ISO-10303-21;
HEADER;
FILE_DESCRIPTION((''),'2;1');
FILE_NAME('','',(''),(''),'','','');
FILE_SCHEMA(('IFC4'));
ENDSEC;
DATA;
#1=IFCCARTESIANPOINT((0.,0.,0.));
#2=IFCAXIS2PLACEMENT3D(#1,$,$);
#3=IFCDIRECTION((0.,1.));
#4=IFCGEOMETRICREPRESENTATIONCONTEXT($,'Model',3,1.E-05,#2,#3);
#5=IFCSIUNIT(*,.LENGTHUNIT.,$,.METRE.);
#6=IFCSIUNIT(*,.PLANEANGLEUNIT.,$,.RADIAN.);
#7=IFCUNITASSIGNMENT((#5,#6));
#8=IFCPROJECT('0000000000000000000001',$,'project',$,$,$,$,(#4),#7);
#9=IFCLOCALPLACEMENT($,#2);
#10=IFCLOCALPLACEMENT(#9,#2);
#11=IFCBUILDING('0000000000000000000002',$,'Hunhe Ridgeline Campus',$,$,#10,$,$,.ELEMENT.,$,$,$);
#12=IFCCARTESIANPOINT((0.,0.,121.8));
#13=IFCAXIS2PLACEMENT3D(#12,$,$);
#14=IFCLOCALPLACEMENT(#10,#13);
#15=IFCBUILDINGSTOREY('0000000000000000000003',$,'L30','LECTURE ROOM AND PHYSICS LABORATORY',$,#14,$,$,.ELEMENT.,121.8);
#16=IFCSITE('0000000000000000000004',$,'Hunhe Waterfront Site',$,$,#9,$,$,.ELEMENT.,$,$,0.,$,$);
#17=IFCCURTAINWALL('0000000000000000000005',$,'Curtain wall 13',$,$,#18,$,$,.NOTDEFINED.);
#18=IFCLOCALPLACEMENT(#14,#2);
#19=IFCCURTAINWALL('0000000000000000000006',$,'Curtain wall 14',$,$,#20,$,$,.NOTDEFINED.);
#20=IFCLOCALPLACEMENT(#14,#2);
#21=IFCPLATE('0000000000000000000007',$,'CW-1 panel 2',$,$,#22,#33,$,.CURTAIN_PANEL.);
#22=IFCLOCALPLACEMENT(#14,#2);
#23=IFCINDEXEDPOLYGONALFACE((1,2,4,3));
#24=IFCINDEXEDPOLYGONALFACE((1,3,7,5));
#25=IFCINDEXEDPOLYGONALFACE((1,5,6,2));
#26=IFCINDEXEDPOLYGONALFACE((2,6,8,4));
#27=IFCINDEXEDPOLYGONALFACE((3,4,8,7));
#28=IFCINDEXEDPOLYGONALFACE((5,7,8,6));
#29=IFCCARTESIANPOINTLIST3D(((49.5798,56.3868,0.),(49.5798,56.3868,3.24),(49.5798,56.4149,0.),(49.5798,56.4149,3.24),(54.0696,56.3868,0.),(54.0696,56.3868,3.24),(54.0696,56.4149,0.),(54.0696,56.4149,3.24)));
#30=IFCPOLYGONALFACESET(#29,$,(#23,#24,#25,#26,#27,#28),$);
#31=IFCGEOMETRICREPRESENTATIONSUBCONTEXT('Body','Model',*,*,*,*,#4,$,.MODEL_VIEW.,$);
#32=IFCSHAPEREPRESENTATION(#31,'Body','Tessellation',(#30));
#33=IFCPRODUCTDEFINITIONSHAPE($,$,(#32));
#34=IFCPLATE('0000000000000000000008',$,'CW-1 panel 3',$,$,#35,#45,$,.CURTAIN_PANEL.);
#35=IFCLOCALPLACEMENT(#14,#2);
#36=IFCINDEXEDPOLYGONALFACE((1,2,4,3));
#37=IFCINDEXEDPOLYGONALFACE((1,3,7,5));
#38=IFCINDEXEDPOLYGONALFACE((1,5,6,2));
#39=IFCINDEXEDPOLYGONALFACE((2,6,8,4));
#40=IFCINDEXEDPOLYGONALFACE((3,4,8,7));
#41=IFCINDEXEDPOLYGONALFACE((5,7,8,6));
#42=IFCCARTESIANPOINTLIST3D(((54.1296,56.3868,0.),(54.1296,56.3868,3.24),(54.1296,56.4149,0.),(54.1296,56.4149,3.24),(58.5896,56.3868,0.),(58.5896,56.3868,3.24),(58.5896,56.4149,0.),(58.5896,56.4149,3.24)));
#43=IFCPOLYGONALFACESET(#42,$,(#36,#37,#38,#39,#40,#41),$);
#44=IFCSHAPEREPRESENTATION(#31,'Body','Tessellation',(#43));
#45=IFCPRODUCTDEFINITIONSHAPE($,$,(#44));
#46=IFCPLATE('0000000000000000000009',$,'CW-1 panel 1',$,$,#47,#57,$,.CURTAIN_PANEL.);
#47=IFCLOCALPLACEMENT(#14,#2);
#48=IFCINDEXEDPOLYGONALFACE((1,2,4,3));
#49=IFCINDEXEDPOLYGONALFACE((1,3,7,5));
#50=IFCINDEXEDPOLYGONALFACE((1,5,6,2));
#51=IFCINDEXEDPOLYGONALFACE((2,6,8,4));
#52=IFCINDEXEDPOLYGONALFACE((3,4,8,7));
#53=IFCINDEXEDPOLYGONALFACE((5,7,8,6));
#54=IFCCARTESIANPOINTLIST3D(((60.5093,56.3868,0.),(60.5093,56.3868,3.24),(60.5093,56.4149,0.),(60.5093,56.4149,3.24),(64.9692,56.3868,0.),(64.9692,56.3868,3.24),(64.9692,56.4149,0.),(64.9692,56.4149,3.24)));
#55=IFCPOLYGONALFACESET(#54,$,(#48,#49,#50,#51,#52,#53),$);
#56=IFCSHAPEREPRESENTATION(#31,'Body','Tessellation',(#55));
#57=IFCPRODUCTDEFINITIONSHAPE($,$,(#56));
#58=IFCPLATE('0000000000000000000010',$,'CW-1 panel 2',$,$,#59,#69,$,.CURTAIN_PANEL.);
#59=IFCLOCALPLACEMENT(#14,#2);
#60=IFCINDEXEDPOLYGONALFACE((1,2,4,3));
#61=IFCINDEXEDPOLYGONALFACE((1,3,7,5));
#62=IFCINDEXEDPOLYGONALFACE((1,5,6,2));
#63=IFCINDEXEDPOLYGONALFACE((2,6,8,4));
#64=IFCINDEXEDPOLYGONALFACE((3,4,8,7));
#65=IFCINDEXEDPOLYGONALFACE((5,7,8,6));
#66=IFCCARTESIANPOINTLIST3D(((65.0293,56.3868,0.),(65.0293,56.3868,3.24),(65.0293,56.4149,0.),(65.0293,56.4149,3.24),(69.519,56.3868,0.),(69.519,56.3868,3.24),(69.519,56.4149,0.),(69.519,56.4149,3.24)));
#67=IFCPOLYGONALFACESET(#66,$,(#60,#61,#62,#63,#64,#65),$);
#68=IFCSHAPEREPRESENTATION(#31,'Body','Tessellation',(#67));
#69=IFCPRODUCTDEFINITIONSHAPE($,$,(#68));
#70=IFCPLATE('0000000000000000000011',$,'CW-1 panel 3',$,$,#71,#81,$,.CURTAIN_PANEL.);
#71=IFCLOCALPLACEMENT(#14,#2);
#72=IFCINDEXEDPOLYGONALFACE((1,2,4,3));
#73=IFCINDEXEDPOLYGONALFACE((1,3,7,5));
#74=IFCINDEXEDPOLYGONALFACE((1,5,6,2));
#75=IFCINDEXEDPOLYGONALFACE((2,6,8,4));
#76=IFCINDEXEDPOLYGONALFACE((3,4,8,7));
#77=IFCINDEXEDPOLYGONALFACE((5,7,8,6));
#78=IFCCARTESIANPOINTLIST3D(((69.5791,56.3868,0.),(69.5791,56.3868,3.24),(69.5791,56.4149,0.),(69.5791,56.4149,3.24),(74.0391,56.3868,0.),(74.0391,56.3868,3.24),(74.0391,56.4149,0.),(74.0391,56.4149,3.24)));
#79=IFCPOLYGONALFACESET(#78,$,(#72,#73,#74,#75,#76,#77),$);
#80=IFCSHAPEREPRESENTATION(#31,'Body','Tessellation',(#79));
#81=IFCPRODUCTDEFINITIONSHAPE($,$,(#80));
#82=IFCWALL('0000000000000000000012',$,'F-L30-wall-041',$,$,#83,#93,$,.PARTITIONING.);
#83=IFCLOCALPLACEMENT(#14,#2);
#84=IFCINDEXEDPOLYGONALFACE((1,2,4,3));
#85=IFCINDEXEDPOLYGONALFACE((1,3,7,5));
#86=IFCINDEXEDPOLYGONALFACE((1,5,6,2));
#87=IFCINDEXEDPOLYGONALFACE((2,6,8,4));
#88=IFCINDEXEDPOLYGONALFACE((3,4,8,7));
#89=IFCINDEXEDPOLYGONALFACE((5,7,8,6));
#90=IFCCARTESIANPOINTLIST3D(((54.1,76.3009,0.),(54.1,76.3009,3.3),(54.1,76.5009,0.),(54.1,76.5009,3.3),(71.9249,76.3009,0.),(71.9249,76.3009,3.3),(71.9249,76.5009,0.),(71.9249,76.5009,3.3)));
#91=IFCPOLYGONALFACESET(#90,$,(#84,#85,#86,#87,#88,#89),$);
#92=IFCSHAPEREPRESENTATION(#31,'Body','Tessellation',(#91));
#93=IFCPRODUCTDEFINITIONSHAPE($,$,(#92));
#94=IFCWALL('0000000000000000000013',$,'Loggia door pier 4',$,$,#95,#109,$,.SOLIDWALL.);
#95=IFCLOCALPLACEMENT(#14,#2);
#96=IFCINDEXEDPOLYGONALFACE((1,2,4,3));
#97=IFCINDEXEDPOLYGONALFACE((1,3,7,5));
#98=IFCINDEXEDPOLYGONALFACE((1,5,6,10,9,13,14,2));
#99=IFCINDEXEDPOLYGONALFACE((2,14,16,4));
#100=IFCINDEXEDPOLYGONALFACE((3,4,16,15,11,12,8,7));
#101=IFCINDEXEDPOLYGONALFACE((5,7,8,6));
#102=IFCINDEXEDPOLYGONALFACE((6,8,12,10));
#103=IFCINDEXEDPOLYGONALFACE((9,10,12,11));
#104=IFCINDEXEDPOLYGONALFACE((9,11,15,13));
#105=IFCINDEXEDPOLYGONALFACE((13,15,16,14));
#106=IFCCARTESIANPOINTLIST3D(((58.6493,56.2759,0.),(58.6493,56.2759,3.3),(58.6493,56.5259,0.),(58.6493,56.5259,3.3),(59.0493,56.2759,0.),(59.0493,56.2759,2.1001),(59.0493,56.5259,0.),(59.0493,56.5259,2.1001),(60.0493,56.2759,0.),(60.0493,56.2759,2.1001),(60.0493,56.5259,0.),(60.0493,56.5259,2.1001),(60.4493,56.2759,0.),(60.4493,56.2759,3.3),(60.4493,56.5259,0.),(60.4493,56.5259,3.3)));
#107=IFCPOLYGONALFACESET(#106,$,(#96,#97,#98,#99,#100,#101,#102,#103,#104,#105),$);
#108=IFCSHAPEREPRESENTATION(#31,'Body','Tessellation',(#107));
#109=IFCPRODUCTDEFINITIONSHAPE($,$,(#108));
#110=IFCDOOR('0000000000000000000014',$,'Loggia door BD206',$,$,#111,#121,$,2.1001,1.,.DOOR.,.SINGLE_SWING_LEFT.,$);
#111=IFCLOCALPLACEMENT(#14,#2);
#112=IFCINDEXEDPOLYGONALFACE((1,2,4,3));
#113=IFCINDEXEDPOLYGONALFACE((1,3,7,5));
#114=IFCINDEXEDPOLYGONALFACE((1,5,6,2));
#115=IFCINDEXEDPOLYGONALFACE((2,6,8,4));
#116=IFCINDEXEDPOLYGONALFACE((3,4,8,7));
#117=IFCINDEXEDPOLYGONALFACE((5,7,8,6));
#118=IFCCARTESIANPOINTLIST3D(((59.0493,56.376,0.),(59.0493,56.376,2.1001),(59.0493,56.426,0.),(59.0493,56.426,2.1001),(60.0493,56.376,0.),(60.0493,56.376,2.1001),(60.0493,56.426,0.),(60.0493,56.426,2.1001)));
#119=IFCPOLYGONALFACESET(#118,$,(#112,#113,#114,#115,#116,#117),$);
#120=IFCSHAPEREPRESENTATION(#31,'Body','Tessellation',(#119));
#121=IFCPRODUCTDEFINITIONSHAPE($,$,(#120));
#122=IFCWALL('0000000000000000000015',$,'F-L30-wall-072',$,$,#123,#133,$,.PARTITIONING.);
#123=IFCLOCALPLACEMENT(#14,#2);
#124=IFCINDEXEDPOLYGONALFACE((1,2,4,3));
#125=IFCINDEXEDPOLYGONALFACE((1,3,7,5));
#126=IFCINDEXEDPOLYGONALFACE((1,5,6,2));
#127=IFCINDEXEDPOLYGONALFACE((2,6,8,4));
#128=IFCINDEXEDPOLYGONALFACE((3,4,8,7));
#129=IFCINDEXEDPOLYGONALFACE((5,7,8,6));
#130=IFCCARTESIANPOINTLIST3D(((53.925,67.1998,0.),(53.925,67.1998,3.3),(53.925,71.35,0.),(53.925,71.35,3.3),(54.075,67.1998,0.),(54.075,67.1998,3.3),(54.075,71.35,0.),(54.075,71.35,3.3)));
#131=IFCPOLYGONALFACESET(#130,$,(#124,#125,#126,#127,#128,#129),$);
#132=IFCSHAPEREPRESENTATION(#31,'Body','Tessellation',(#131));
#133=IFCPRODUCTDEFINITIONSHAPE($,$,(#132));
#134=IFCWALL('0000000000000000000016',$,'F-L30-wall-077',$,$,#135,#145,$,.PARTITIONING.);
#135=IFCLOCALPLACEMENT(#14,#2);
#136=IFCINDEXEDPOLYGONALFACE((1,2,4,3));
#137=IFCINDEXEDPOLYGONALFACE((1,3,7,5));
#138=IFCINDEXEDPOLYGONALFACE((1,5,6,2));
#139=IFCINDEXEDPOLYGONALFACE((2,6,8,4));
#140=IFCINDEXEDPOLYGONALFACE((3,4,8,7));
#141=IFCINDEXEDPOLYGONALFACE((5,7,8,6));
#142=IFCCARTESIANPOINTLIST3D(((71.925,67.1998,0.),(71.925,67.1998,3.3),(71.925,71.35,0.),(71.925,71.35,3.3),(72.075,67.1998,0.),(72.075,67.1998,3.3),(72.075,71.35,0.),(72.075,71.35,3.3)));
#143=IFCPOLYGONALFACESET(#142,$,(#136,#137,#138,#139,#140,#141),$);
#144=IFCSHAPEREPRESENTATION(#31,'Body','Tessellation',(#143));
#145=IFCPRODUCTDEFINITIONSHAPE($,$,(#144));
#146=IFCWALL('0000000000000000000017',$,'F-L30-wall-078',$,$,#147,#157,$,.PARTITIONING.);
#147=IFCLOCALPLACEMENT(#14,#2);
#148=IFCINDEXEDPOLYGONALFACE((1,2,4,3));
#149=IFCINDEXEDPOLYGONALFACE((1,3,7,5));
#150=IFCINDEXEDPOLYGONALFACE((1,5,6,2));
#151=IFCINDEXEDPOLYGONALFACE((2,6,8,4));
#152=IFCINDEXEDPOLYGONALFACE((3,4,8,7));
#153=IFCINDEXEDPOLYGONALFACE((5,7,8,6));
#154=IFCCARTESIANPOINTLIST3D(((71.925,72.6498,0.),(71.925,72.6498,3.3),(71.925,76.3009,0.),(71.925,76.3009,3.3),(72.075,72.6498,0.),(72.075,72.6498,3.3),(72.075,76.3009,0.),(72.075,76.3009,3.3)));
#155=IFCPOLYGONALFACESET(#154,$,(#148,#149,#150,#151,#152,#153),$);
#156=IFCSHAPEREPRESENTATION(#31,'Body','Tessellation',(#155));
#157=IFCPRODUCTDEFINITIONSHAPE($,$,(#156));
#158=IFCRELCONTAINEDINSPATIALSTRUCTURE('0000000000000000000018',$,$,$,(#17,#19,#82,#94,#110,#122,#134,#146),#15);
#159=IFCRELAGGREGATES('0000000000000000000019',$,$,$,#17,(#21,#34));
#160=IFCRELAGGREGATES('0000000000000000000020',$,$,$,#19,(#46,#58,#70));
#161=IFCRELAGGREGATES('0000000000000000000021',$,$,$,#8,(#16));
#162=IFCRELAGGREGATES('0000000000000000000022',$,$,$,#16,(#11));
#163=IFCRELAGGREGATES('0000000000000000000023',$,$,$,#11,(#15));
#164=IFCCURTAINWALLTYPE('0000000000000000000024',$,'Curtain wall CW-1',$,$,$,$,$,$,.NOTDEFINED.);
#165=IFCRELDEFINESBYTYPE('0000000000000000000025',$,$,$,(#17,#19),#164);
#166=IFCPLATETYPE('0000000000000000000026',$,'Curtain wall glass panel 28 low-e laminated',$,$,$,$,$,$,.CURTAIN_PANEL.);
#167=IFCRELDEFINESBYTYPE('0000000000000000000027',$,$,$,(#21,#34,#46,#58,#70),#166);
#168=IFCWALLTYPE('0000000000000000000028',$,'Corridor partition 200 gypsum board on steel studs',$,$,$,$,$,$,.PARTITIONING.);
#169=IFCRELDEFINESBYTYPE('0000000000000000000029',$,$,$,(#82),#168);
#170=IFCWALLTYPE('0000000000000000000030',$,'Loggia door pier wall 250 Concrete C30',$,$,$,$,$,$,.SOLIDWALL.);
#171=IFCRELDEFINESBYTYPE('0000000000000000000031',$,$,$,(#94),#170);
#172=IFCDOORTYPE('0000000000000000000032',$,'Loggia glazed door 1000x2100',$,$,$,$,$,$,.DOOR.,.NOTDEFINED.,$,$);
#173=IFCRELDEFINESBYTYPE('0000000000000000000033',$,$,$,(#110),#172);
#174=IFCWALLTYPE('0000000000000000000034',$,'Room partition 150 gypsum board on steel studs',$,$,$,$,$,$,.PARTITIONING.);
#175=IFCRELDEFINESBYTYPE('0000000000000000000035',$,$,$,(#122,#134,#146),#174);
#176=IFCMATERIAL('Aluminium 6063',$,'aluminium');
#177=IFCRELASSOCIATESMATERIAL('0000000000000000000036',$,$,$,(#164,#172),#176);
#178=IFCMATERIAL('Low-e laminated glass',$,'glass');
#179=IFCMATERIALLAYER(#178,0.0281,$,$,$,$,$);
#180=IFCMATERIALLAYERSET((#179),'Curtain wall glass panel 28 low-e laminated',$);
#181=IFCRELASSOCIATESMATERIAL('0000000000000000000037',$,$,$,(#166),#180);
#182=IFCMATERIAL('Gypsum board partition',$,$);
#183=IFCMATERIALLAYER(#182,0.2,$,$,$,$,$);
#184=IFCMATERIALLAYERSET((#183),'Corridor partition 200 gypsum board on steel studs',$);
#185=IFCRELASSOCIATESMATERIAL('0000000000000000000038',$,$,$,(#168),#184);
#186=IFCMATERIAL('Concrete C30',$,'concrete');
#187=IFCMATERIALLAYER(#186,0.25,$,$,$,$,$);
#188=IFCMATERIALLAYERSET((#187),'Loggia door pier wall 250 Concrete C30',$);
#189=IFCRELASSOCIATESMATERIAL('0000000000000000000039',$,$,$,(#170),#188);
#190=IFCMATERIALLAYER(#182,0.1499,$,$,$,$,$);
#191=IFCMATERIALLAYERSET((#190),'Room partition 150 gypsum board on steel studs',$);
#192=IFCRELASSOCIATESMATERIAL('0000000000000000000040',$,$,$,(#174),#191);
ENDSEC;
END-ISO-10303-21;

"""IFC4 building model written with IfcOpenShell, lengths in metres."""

from ifc_helpers import new_model, si_unit, direction, frame, frame_2d, origin, origin_2d, place, context, subcontext, project, spatial, rectangle, extrude, material, layer, layer_set, type_object, element, fill, aggregate, save


model = new_model("IFC4")

# Units and contexts
model_context = context("Model", 3, precision=1e-05, world=origin(), true_north=direction((0.0, 1.0)))
body_context = subcontext(model_context, "Body", "Model", "MODEL_VIEW")
ifc_project = project(units=[si_unit("LENGTHUNIT", "METRE"), si_unit("PLANEANGLEUNIT", "RADIAN")], contexts=[model_context])

# Site, building, storey
site_placement = place(None, origin())
site = spatial("IfcSite", under=ifc_project, at=site_placement, Name="Hunhe Waterfront Site", CompositionType="ELEMENT", RefElevation=0.0)
building_placement = place(site_placement, origin())
building = spatial("IfcBuilding", under=site, at=building_placement, Name="Hunhe Ridgeline Campus", CompositionType="ELEMENT")
storey_placement = place(building_placement, frame((0.0, 0.0, 121.8)))
storey = spatial("IfcBuildingStorey", under=building, at=storey_placement, Name="L30", Description="LECTURE ROOM AND PHYSICS LABORATORY", CompositionType="ELEMENT", Elevation=121.8)

# Curtain walls
ifc_material_1 = material(Name="Aluminium 6063", Category="aluminium")
curtain_wall_type = type_object("IfcCurtainWallType", Name="Curtain wall CW-1", PredefinedType="NOTDEFINED", material=ifc_material_1)
curtain_wall_1_placement = place(storey_placement, origin())
curtain_wall_1 = element("IfcCurtainWall", 1, at=curtain_wall_1_placement, inside=storey, type_object=curtain_wall_type, Name="Curtain wall 13", PredefinedType="NOTDEFINED")
curtain_wall_2_placement = place(storey_placement, origin())
curtain_wall_2 = element("IfcCurtainWall", 2, at=curtain_wall_2_placement, inside=storey, type_object=curtain_wall_type, Name="Curtain wall 14", PredefinedType="NOTDEFINED")

# Plates
ifc_material_2 = material(Name="Low-e laminated glass", Category="glass")
ifc_layer_1 = layer(ifc_material_2, 0.0281)
ifc_layer_set_1 = layer_set([ifc_layer_1], Name="Curtain wall glass panel 28 low-e laminated")
plate_type = type_object("IfcPlateType", Name="Curtain wall glass panel 28 low-e laminated", PredefinedType="CURTAIN_PANEL", material=ifc_layer_set_1)
plate_1_placement = place(storey_placement, frame((51.8247, 56.4009, 0.0), z_axis=(0.0, 0.0, 1.0), x_axis=(1.0, 0.0, 0.0)))
plate_1 = element("IfcPlate", 3, at=plate_1_placement, type_object=plate_type, Name="CW-1 panel 2", PredefinedType="CURTAIN_PANEL", context=body_context, shape_type="SweptSolid", body=[
    extrude(rectangle(XDim=4.4897, YDim=0.0281, at=origin_2d()), origin(), (0.0, 0.0, 1.0), 3.24),
])
plate_2_placement = place(storey_placement, frame((56.3596, 56.4009, 0.0), z_axis=(0.0, 0.0, 1.0), x_axis=(1.0, 0.0, 0.0)))
plate_2 = element("IfcPlate", 4, at=plate_2_placement, type_object=plate_type, Name="CW-1 panel 3", PredefinedType="CURTAIN_PANEL", context=body_context, shape_type="SweptSolid", body=[
    extrude(rectangle(XDim=4.46, YDim=0.0281, at=origin_2d()), origin(), (0.0, 0.0, 1.0), 3.24),
])
aggregate(curtain_wall_1, [plate_1, plate_2])
plate_3_placement = place(storey_placement, frame((62.7393, 56.4009, 0.0), z_axis=(0.0, 0.0, 1.0), x_axis=(1.0, 0.0, 0.0)))
plate_3 = element("IfcPlate", 5, at=plate_3_placement, type_object=plate_type, Name="CW-1 panel 1", PredefinedType="CURTAIN_PANEL", context=body_context, shape_type="SweptSolid", body=[
    extrude(rectangle(XDim=4.46, YDim=0.0281, at=origin_2d()), origin(), (0.0, 0.0, 1.0), 3.24),
])
plate_4_placement = place(storey_placement, frame((67.2742, 56.4009, 0.0), z_axis=(0.0, 0.0, 1.0), x_axis=(1.0, 0.0, 0.0)))
plate_4 = element("IfcPlate", 6, at=plate_4_placement, type_object=plate_type, Name="CW-1 panel 2", PredefinedType="CURTAIN_PANEL", context=body_context, shape_type="SweptSolid", body=[
    extrude(rectangle(XDim=4.4897, YDim=0.0281, at=origin_2d()), origin(), (0.0, 0.0, 1.0), 3.24),
])
plate_5_placement = place(storey_placement, frame((71.8091, 56.4009, 0.0), z_axis=(0.0, 0.0, 1.0), x_axis=(1.0, 0.0, 0.0)))
plate_5 = element("IfcPlate", 7, at=plate_5_placement, type_object=plate_type, Name="CW-1 panel 3", PredefinedType="CURTAIN_PANEL", context=body_context, shape_type="SweptSolid", body=[
    extrude(rectangle(XDim=4.46, YDim=0.0281, at=origin_2d()), origin(), (0.0, 0.0, 1.0), 3.24),
])
aggregate(curtain_wall_2, [plate_3, plate_4, plate_5])

# Wall
ifc_material_3 = material(Name="Gypsum board partition")
ifc_layer_2 = layer(ifc_material_3, 0.2)
ifc_layer_set_2 = layer_set([ifc_layer_2], Name="Corridor partition 200 gypsum board on steel studs")
wall_type_1 = type_object("IfcWallType", Name="Corridor partition 200 gypsum board on steel studs", PredefinedType="PARTITIONING", material=ifc_layer_set_2)
wall_1_placement = place(storey_placement, frame((71.925, 76.4009, 0.0), z_axis=(0.0, 0.0, 1.0), x_axis=(-1.0, 0.0, 0.0)))
element("IfcWall", 8, at=wall_1_placement, inside=storey, type_object=wall_type_1, Name="F-L30-wall-041", PredefinedType="PARTITIONING", context=body_context, shape_type="SweptSolid", body=[
    extrude(rectangle(XDim=17.825, YDim=0.2, at=frame_2d((8.9126, 0.0))), origin(), (0.0, 0.0, 1.0), 3.3),
])

# Wall, opening, door
ifc_material_4 = material(Name="Concrete C30", Category="concrete")
ifc_layer_3 = layer(ifc_material_4, 0.25)
ifc_layer_set_3 = layer_set([ifc_layer_3], Name="Loggia door pier wall 250 Concrete C30")
wall_type_2 = type_object("IfcWallType", Name="Loggia door pier wall 250 Concrete C30", PredefinedType="SOLIDWALL", material=ifc_layer_set_3)
wall_2_placement = place(storey_placement, frame((58.6494, 56.4009, 0.0), z_axis=(0.0, 0.0, 1.0), x_axis=(1.0, 0.0, 0.0)))
wall_2 = element("IfcWall", 9, at=wall_2_placement, inside=storey, type_object=wall_type_2, Name="Loggia door pier 4", PredefinedType="SOLIDWALL", context=body_context, shape_type="SweptSolid", body=[
    extrude(rectangle(XDim=1.8, YDim=0.25, at=frame_2d((0.8999, 0.0))), origin(), (0.0, 0.0, 1.0), 3.3),
])
opening_placement = place(wall_2_placement, frame((0.3999, 0.0, 0.0)))
opening = element("IfcOpeningElement", 10, at=opening_placement, cuts=wall_2, PredefinedType="OPENING", context=body_context, shape_type="SweptSolid", body=[
    extrude(rectangle(XDim=1.0, YDim=2.1001, at=frame_2d((0.5, 1.05))), frame((0.0, 0.125, 0.0), z_axis=(0.0, -1.0, 0.0), x_axis=(1.0, 0.0, 0.0)), (0.0, 0.0, 1.0), 0.25),
])
door_type = type_object("IfcDoorType", Name="Loggia glazed door 1000x2100", OperationType="NOTDEFINED", PredefinedType="DOOR", material=ifc_material_1)
door_placement = place(opening_placement, frame((1.0, 0.0, 0.0), z_axis=(0.0, 0.0, 1.0), x_axis=(-1.0, 0.0, 0.0)))
door = element("IfcDoor", 11, at=door_placement, inside=storey, type_object=door_type, Name="Loggia door BD206", OperationType="SINGLE_SWING_LEFT", OverallHeight=2.1001, OverallWidth=1.0, PredefinedType="DOOR", context=body_context, shape_type="SweptSolid", body=[
    extrude(rectangle(XDim=1.0, YDim=2.1001, at=frame_2d((0.5, 1.05))), frame((0.0, 0.0249, 0.0), z_axis=(0.0, -1.0, 0.0), x_axis=(1.0, 0.0, 0.0)), (0.0, 0.0, 1.0), 0.05),
])
fill(opening, door)

# Walls
ifc_layer_4 = layer(ifc_material_3, 0.1499)
ifc_layer_set_4 = layer_set([ifc_layer_4], Name="Room partition 150 gypsum board on steel studs")
wall_type_3 = type_object("IfcWallType", Name="Room partition 150 gypsum board on steel studs", PredefinedType="PARTITIONING", material=ifc_layer_set_4)
for number, where, z_axis, x_axis, name in (
    (12, (54.0, 71.3501, 0.0), (0.0, 0.0, 1.0), (0.0, -1.0, 0.0), "F-L30-wall-072"),
    (13, (72.0, 71.3501, 0.0), (0.0, 0.0, 1.0), (0.0, -1.0, 0.0), "F-L30-wall-077"),
):
    element("IfcWall", number, at=place(storey_placement, frame(where, z_axis=z_axis, x_axis=x_axis)), inside=storey, type_object=wall_type_3, Name=name, PredefinedType="PARTITIONING", context=body_context, shape_type="SweptSolid", body=[
        extrude(rectangle(XDim=4.1501, YDim=0.1499, at=frame_2d((2.0752, 0.0))), origin(), (0.0, 0.0, 1.0), 3.3),
    ])
wall_3_placement = place(storey_placement, frame((72.0, 76.301, 0.0), z_axis=(0.0, 0.0, 1.0), x_axis=(0.0, -1.0, 0.0)))
element("IfcWall", 14, at=wall_3_placement, inside=storey, type_object=wall_type_3, Name="F-L30-wall-078", PredefinedType="PARTITIONING", context=body_context, shape_type="SweptSolid", body=[
    extrude(rectangle(XDim=3.6511, YDim=0.1499, at=frame_2d((1.8257, 0.0))), origin(), (0.0, 0.0, 1.0), 3.3),
])

save(model, "model.ifc")
